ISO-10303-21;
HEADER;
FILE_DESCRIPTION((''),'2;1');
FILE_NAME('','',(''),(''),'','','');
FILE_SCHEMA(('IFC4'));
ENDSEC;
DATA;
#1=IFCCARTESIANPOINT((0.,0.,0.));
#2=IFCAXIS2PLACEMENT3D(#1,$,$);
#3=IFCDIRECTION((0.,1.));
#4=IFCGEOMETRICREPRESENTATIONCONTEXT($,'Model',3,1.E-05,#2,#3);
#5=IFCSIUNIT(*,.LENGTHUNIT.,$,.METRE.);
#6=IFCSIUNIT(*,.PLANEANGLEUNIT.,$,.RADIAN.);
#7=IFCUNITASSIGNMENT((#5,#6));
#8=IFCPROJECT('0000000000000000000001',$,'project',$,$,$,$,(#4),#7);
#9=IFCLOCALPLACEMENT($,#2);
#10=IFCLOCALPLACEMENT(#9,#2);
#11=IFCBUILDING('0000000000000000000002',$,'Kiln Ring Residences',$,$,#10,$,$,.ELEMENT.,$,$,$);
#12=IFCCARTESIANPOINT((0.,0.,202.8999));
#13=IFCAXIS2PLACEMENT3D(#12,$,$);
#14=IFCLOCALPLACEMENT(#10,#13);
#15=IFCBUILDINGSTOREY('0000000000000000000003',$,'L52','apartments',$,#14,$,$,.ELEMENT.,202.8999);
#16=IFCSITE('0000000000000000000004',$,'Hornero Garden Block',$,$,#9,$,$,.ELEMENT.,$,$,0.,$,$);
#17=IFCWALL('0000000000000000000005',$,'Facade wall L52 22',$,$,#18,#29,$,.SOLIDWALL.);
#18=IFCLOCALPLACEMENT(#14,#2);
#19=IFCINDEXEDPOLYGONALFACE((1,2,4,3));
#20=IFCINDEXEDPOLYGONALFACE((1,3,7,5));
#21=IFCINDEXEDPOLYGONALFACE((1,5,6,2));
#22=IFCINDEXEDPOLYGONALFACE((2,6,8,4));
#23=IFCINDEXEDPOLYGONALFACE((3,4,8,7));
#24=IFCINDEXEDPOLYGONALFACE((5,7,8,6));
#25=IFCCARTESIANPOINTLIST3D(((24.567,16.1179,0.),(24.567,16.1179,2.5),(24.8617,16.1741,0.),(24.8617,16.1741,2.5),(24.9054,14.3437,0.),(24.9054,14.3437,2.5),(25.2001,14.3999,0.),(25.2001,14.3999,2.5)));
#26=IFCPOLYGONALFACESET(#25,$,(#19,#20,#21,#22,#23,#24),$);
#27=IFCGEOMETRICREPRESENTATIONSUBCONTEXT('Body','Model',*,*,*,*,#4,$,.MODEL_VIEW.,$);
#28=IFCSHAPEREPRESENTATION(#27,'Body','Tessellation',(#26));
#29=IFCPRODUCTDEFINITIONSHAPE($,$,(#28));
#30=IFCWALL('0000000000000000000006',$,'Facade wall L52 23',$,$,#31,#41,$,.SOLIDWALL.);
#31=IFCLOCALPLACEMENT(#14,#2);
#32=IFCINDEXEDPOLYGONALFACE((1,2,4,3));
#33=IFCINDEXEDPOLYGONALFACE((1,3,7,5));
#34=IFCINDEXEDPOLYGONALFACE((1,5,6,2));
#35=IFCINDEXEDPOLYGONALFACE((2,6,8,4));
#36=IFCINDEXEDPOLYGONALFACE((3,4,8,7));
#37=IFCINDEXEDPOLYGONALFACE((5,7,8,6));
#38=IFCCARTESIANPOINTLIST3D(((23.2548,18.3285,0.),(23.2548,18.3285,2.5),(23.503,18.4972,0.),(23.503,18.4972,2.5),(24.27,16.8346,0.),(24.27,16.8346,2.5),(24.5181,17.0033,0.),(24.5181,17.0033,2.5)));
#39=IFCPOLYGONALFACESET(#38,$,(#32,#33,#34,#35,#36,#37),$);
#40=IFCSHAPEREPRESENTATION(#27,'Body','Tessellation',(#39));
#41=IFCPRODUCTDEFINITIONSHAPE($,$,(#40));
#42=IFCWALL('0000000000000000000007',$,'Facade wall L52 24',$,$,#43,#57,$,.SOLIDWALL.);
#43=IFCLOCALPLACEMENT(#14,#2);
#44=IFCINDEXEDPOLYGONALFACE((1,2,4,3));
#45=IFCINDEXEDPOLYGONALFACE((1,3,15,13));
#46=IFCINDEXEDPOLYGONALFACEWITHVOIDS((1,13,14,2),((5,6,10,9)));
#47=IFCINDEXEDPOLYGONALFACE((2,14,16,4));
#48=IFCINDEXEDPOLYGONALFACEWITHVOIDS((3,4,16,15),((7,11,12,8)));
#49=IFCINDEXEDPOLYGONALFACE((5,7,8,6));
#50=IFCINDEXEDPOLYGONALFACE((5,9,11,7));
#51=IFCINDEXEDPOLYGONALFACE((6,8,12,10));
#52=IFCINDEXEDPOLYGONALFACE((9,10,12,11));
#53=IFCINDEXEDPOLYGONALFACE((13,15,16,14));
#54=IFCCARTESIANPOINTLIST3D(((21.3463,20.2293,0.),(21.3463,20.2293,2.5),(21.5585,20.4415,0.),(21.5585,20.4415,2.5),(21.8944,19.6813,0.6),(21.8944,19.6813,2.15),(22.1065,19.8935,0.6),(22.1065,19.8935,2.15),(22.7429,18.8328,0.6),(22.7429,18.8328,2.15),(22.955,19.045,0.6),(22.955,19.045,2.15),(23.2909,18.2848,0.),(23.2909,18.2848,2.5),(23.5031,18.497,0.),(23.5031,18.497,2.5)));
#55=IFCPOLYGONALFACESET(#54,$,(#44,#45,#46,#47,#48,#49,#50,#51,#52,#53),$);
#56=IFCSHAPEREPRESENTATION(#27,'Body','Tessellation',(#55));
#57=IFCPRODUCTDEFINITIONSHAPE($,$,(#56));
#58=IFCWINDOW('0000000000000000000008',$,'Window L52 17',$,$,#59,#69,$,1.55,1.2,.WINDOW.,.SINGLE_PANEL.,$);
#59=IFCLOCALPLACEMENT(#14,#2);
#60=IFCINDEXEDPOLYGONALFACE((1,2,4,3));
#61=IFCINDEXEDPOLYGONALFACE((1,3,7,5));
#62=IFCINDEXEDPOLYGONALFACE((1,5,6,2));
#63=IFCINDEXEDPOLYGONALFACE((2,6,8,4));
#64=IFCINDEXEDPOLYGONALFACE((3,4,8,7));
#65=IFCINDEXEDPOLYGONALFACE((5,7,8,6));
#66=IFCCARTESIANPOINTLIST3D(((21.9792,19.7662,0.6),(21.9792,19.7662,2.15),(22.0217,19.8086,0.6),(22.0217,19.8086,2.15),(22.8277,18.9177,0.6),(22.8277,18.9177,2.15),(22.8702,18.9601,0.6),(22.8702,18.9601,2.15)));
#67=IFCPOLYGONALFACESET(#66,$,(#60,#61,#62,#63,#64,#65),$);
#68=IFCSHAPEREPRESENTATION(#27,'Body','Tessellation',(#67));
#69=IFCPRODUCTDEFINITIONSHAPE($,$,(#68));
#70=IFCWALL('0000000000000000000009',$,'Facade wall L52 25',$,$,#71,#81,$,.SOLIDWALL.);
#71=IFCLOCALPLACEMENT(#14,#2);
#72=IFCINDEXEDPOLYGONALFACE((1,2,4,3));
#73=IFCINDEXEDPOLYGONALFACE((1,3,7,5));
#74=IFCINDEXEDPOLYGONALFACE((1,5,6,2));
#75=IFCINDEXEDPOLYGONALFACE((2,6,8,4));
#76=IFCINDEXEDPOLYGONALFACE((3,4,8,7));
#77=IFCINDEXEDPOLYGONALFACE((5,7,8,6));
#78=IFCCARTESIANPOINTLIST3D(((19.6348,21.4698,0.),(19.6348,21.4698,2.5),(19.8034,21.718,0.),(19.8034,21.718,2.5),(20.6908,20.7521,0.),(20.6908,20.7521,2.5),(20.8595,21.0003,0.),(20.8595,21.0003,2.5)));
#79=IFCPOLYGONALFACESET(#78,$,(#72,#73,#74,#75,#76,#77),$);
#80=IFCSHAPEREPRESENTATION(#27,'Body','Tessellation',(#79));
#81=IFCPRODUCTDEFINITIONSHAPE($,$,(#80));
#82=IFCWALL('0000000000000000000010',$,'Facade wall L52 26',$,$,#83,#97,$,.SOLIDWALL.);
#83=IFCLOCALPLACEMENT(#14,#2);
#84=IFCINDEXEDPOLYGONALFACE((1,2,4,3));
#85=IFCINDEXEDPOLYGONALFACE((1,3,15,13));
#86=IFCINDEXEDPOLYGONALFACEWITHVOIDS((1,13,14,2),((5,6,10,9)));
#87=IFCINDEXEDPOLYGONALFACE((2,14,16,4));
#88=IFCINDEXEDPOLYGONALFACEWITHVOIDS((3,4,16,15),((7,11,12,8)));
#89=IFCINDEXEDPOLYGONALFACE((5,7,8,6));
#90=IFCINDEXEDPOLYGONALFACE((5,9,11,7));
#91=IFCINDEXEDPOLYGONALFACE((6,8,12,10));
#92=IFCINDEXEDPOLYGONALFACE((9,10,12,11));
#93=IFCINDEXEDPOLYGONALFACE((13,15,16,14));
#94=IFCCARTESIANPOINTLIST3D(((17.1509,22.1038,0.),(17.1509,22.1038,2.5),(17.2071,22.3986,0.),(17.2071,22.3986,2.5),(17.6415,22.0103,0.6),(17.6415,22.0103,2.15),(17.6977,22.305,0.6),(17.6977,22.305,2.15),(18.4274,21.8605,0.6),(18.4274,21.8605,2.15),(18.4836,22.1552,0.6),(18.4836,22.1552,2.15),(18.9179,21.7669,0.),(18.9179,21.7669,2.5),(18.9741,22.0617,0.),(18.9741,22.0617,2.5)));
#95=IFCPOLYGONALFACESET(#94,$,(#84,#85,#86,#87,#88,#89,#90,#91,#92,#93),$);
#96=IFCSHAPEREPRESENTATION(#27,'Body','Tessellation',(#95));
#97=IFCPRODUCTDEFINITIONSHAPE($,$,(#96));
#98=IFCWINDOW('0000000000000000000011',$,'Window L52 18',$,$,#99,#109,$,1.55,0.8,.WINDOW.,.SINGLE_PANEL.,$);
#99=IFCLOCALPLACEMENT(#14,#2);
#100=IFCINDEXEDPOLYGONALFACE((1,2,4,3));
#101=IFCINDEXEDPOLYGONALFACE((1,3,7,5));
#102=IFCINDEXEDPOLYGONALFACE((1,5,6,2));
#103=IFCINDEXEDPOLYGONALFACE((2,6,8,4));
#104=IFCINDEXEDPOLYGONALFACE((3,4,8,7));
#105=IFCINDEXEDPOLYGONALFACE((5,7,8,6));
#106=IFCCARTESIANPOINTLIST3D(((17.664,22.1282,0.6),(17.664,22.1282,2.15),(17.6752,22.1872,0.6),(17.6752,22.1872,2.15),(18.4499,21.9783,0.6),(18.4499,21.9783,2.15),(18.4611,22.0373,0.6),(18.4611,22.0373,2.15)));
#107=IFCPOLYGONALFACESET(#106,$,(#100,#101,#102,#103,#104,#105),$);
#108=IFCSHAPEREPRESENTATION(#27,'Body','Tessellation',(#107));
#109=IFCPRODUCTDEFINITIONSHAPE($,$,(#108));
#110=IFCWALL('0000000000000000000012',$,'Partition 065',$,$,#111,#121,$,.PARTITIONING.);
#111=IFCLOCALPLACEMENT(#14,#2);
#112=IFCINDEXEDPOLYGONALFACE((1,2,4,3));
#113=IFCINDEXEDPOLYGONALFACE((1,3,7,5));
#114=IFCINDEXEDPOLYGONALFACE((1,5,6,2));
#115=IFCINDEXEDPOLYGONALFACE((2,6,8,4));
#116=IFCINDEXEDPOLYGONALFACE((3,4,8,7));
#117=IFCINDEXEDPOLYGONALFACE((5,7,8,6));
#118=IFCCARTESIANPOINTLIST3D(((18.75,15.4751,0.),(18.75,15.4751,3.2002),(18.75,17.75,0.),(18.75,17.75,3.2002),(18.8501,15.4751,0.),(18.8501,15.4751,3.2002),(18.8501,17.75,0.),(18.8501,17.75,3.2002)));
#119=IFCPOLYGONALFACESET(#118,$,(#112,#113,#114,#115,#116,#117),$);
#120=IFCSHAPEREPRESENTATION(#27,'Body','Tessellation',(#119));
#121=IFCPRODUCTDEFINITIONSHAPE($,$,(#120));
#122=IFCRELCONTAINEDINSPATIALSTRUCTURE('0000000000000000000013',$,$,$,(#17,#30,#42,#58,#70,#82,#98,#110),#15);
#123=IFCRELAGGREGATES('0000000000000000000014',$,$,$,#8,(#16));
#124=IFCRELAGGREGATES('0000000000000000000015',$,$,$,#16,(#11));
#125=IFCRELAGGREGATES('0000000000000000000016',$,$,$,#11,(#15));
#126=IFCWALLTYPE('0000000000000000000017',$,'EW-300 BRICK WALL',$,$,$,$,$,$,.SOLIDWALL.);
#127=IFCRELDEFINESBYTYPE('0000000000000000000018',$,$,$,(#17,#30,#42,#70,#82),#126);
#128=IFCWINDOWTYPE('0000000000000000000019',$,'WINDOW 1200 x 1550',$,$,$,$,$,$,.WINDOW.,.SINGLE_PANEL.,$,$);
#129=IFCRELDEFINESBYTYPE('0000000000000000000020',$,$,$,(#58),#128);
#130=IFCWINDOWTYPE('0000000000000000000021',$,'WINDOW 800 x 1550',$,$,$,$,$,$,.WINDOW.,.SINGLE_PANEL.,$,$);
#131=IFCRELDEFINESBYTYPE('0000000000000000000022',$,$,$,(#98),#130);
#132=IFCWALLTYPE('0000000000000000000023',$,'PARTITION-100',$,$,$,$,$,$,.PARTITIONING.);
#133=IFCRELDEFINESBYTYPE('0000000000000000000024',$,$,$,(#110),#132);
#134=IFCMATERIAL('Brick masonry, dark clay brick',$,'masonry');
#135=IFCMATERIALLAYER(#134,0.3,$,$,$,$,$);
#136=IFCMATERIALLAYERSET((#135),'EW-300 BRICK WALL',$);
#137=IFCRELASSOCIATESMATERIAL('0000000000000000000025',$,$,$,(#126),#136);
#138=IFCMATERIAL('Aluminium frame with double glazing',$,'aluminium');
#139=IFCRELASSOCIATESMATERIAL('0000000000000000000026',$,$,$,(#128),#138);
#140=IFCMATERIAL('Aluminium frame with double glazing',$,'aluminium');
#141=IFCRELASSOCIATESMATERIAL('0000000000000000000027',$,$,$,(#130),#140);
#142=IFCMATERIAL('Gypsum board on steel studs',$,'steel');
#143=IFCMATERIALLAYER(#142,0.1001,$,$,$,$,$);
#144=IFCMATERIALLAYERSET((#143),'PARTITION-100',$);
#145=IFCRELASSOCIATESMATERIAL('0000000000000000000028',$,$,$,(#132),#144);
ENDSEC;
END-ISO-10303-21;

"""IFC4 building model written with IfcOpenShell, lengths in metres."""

from ifc_helpers import new_model, si_unit, direction, frame, frame_2d, origin, place, context, subcontext, project, spatial, rectangle, extrude, material, layer, layer_set, type_object, element, fill, save


model = new_model("IFC4")

# Units and contexts
model_context = context("Model", 3, precision=1e-05, world=origin(), true_north=direction((0.0, 1.0)))
body_context = subcontext(model_context, "Body", "Model", "MODEL_VIEW")
ifc_project = project(units=[si_unit("LENGTHUNIT", "METRE"), si_unit("PLANEANGLEUNIT", "RADIAN")], contexts=[model_context])

# Site, building, storey
site_placement = place(None, origin())
site = spatial("IfcSite", under=ifc_project, at=site_placement, Name="Hornero Garden Block", CompositionType="ELEMENT", RefElevation=0.0)
building_placement = place(site_placement, origin())
building = spatial("IfcBuilding", under=site, at=building_placement, Name="Kiln Ring Residences", CompositionType="ELEMENT")
storey_placement = place(building_placement, frame((0.0, 0.0, 202.8999)))
storey = spatial("IfcBuildingStorey", under=building, at=storey_placement, Name="L52", Description="apartments", CompositionType="ELEMENT", Elevation=202.8999)

# Walls
ifc_material_1 = material(Name="Brick masonry, dark clay brick", Category="masonry")
ifc_layer_1 = layer(ifc_material_1, 0.3)
ifc_layer_set_1 = layer_set([ifc_layer_1], Name="EW-300 BRICK WALL")
wall_type_1 = type_object("IfcWallType", Name="EW-300 BRICK WALL", PredefinedType="SOLIDWALL", material=ifc_layer_set_1)
for number, where, z_axis, x_axis, name in (
    (1, (25.0527, 14.3718, 0.0), (0.0, 0.0, 1.0), (-0.187348, 0.982294, 0.0), "Facade wall L52 22"),
    (2, (24.394, 16.9189, 0.0), (0.0, 0.0, 1.0), (-0.56204, 0.82711, 0.0), "Facade wall L52 23"),
):
    element("IfcWall", number, at=place(storey_placement, frame(where, z_axis=z_axis, x_axis=x_axis)), inside=storey, type_object=wall_type_1, Name=name, PredefinedType="SOLIDWALL", context=body_context, shape_type="SweptSolid", body=[
        extrude(rectangle(XDim=1.8062, YDim=0.3, at=frame_2d((0.9031, 0.0))), origin(), (0.0, 0.0, 1.0), 2.5),
    ])

# Wall, opening, window
wall_1_placement = place(storey_placement, frame((23.397, 18.3909, 0.0), z_axis=(0.0, 0.0, 1.0), x_axis=(-0.707107, 0.707107, 0.0)))
wall_1 = element("IfcWall", 3, at=wall_1_placement, inside=storey, type_object=wall_type_1, Name="Facade wall L52 24", PredefinedType="SOLIDWALL", context=body_context, shape_type="SweptSolid", body=[
    extrude(rectangle(XDim=2.75, YDim=0.3, at=frame_2d((1.375, 0.0))), origin(), (0.0, 0.0, 1.0), 2.5),
])
opening_1_placement = place(wall_1_placement, frame((0.7749, 0.0, 0.6001)))
opening_1 = element("IfcOpeningElement", 4, at=opening_1_placement, cuts=wall_1, PredefinedType="OPENING", context=body_context, shape_type="SweptSolid", body=[
    extrude(rectangle(XDim=1.2, YDim=1.55, at=frame_2d((0.6001, 0.7749))), frame((0.0, 0.1599, 0.0), z_axis=(0.0, -1.0, 0.0), x_axis=(1.0, 0.0, 0.0)), (0.0, 0.0, 1.0), 0.3201),
])
ifc_material_2 = material(Name="Aluminium frame with double glazing", Category="aluminium")
window_type_1 = type_object("IfcWindowType", Name="WINDOW 1200 x 1550", PartitioningType="SINGLE_PANEL", PredefinedType="WINDOW", material=ifc_material_2)
window_1_placement = place(opening_1_placement, origin())
window_1 = element("IfcWindow", 5, at=window_1_placement, inside=storey, type_object=window_type_1, Name="Window L52 17", OverallHeight=1.55, OverallWidth=1.2, PartitioningType="SINGLE_PANEL", PredefinedType="WINDOW", context=body_context, shape_type="SweptSolid", body=[
    extrude(rectangle(XDim=1.2, YDim=1.55, at=frame_2d((0.6001, 0.7749))), frame((0.0, 0.03, 0.0), z_axis=(0.0, -1.0, 0.0), x_axis=(1.0, 0.0, 0.0)), (0.0, 0.0, 1.0), 0.0601),
])
fill(opening_1, window_1)

# Wall
wall_2_placement = place(storey_placement, frame((20.7751, 20.8762, 0.0), z_axis=(0.0, 0.0, 1.0), x_axis=(-0.827076, 0.56209, 0.0)))
element("IfcWall", 6, at=wall_2_placement, inside=storey, type_object=wall_type_1, Name="Facade wall L52 25", PredefinedType="SOLIDWALL", context=body_context, shape_type="SweptSolid", body=[
    extrude(rectangle(XDim=1.2769, YDim=0.3, at=frame_2d((0.6384, 0.0))), origin(), (0.0, 0.0, 1.0), 2.5),
])

# Wall, opening, window
wall_3_placement = place(storey_placement, frame((18.946, 21.9143, 0.0), z_axis=(0.0, 0.0, 1.0), x_axis=(-0.982305, 0.187287, 0.0)))
wall_3 = element("IfcWall", 7, at=wall_3_placement, inside=storey, type_object=wall_type_1, Name="Facade wall L52 26", PredefinedType="SOLIDWALL", context=body_context, shape_type="SweptSolid", body=[
    extrude(rectangle(XDim=1.7988, YDim=0.3, at=frame_2d((0.8994, 0.0))), origin(), (0.0, 0.0, 1.0), 2.5),
])
opening_2_placement = place(wall_3_placement, frame((0.4995, 0.0, 0.6001)))
opening_2 = element("IfcOpeningElement", 8, at=opening_2_placement, cuts=wall_3, PredefinedType="OPENING", context=body_context, shape_type="SweptSolid", body=[
    extrude(rectangle(XDim=0.8, YDim=1.55, at=frame_2d((0.3999, 0.7749))), frame((0.0, 0.1599, 0.0), z_axis=(0.0, -1.0, 0.0), x_axis=(1.0, 0.0, 0.0)), (0.0, 0.0, 1.0), 0.3201),
])
ifc_material_3 = material(Name="Aluminium frame with double glazing", Category="aluminium")
window_type_2 = type_object("IfcWindowType", Name="WINDOW 800 x 1550", PartitioningType="SINGLE_PANEL", PredefinedType="WINDOW", material=ifc_material_3)
window_2_placement = place(opening_2_placement, origin())
window_2 = element("IfcWindow", 9, at=window_2_placement, inside=storey, type_object=window_type_2, Name="Window L52 18", OverallHeight=1.55, OverallWidth=0.8, PartitioningType="SINGLE_PANEL", PredefinedType="WINDOW", context=body_context, shape_type="SweptSolid", body=[
    extrude(rectangle(XDim=0.8, YDim=1.55, at=frame_2d((0.3999, 0.7749))), frame((0.0, 0.03, 0.0), z_axis=(0.0, -1.0, 0.0), x_axis=(1.0, 0.0, 0.0)), (0.0, 0.0, 1.0), 0.0601),
])
fill(opening_2, window_2)

# Wall
ifc_material_4 = material(Name="Gypsum board on steel studs", Category="steel")
ifc_layer_2 = layer(ifc_material_4, 0.1001)
ifc_layer_set_2 = layer_set([ifc_layer_2], Name="PARTITION-100")
wall_type_2 = type_object("IfcWallType", Name="PARTITION-100", PredefinedType="PARTITIONING", material=ifc_layer_set_2)
wall_4_placement = place(storey_placement, frame((18.8, 15.4751, 0.0), z_axis=(0.0, 0.0, 1.0), x_axis=(0.0, 1.0, 0.0)))
element("IfcWall", 10, at=wall_4_placement, inside=storey, type_object=wall_type_2, Name="Partition 065", PredefinedType="PARTITIONING", context=body_context, shape_type="SweptSolid", body=[
    extrude(rectangle(XDim=2.2749, YDim=0.1001, at=frame_2d((1.1375, 0.0))), origin(), (0.0, 0.0, 1.0), 3.2002),
])

save(model, "model.ifc")
